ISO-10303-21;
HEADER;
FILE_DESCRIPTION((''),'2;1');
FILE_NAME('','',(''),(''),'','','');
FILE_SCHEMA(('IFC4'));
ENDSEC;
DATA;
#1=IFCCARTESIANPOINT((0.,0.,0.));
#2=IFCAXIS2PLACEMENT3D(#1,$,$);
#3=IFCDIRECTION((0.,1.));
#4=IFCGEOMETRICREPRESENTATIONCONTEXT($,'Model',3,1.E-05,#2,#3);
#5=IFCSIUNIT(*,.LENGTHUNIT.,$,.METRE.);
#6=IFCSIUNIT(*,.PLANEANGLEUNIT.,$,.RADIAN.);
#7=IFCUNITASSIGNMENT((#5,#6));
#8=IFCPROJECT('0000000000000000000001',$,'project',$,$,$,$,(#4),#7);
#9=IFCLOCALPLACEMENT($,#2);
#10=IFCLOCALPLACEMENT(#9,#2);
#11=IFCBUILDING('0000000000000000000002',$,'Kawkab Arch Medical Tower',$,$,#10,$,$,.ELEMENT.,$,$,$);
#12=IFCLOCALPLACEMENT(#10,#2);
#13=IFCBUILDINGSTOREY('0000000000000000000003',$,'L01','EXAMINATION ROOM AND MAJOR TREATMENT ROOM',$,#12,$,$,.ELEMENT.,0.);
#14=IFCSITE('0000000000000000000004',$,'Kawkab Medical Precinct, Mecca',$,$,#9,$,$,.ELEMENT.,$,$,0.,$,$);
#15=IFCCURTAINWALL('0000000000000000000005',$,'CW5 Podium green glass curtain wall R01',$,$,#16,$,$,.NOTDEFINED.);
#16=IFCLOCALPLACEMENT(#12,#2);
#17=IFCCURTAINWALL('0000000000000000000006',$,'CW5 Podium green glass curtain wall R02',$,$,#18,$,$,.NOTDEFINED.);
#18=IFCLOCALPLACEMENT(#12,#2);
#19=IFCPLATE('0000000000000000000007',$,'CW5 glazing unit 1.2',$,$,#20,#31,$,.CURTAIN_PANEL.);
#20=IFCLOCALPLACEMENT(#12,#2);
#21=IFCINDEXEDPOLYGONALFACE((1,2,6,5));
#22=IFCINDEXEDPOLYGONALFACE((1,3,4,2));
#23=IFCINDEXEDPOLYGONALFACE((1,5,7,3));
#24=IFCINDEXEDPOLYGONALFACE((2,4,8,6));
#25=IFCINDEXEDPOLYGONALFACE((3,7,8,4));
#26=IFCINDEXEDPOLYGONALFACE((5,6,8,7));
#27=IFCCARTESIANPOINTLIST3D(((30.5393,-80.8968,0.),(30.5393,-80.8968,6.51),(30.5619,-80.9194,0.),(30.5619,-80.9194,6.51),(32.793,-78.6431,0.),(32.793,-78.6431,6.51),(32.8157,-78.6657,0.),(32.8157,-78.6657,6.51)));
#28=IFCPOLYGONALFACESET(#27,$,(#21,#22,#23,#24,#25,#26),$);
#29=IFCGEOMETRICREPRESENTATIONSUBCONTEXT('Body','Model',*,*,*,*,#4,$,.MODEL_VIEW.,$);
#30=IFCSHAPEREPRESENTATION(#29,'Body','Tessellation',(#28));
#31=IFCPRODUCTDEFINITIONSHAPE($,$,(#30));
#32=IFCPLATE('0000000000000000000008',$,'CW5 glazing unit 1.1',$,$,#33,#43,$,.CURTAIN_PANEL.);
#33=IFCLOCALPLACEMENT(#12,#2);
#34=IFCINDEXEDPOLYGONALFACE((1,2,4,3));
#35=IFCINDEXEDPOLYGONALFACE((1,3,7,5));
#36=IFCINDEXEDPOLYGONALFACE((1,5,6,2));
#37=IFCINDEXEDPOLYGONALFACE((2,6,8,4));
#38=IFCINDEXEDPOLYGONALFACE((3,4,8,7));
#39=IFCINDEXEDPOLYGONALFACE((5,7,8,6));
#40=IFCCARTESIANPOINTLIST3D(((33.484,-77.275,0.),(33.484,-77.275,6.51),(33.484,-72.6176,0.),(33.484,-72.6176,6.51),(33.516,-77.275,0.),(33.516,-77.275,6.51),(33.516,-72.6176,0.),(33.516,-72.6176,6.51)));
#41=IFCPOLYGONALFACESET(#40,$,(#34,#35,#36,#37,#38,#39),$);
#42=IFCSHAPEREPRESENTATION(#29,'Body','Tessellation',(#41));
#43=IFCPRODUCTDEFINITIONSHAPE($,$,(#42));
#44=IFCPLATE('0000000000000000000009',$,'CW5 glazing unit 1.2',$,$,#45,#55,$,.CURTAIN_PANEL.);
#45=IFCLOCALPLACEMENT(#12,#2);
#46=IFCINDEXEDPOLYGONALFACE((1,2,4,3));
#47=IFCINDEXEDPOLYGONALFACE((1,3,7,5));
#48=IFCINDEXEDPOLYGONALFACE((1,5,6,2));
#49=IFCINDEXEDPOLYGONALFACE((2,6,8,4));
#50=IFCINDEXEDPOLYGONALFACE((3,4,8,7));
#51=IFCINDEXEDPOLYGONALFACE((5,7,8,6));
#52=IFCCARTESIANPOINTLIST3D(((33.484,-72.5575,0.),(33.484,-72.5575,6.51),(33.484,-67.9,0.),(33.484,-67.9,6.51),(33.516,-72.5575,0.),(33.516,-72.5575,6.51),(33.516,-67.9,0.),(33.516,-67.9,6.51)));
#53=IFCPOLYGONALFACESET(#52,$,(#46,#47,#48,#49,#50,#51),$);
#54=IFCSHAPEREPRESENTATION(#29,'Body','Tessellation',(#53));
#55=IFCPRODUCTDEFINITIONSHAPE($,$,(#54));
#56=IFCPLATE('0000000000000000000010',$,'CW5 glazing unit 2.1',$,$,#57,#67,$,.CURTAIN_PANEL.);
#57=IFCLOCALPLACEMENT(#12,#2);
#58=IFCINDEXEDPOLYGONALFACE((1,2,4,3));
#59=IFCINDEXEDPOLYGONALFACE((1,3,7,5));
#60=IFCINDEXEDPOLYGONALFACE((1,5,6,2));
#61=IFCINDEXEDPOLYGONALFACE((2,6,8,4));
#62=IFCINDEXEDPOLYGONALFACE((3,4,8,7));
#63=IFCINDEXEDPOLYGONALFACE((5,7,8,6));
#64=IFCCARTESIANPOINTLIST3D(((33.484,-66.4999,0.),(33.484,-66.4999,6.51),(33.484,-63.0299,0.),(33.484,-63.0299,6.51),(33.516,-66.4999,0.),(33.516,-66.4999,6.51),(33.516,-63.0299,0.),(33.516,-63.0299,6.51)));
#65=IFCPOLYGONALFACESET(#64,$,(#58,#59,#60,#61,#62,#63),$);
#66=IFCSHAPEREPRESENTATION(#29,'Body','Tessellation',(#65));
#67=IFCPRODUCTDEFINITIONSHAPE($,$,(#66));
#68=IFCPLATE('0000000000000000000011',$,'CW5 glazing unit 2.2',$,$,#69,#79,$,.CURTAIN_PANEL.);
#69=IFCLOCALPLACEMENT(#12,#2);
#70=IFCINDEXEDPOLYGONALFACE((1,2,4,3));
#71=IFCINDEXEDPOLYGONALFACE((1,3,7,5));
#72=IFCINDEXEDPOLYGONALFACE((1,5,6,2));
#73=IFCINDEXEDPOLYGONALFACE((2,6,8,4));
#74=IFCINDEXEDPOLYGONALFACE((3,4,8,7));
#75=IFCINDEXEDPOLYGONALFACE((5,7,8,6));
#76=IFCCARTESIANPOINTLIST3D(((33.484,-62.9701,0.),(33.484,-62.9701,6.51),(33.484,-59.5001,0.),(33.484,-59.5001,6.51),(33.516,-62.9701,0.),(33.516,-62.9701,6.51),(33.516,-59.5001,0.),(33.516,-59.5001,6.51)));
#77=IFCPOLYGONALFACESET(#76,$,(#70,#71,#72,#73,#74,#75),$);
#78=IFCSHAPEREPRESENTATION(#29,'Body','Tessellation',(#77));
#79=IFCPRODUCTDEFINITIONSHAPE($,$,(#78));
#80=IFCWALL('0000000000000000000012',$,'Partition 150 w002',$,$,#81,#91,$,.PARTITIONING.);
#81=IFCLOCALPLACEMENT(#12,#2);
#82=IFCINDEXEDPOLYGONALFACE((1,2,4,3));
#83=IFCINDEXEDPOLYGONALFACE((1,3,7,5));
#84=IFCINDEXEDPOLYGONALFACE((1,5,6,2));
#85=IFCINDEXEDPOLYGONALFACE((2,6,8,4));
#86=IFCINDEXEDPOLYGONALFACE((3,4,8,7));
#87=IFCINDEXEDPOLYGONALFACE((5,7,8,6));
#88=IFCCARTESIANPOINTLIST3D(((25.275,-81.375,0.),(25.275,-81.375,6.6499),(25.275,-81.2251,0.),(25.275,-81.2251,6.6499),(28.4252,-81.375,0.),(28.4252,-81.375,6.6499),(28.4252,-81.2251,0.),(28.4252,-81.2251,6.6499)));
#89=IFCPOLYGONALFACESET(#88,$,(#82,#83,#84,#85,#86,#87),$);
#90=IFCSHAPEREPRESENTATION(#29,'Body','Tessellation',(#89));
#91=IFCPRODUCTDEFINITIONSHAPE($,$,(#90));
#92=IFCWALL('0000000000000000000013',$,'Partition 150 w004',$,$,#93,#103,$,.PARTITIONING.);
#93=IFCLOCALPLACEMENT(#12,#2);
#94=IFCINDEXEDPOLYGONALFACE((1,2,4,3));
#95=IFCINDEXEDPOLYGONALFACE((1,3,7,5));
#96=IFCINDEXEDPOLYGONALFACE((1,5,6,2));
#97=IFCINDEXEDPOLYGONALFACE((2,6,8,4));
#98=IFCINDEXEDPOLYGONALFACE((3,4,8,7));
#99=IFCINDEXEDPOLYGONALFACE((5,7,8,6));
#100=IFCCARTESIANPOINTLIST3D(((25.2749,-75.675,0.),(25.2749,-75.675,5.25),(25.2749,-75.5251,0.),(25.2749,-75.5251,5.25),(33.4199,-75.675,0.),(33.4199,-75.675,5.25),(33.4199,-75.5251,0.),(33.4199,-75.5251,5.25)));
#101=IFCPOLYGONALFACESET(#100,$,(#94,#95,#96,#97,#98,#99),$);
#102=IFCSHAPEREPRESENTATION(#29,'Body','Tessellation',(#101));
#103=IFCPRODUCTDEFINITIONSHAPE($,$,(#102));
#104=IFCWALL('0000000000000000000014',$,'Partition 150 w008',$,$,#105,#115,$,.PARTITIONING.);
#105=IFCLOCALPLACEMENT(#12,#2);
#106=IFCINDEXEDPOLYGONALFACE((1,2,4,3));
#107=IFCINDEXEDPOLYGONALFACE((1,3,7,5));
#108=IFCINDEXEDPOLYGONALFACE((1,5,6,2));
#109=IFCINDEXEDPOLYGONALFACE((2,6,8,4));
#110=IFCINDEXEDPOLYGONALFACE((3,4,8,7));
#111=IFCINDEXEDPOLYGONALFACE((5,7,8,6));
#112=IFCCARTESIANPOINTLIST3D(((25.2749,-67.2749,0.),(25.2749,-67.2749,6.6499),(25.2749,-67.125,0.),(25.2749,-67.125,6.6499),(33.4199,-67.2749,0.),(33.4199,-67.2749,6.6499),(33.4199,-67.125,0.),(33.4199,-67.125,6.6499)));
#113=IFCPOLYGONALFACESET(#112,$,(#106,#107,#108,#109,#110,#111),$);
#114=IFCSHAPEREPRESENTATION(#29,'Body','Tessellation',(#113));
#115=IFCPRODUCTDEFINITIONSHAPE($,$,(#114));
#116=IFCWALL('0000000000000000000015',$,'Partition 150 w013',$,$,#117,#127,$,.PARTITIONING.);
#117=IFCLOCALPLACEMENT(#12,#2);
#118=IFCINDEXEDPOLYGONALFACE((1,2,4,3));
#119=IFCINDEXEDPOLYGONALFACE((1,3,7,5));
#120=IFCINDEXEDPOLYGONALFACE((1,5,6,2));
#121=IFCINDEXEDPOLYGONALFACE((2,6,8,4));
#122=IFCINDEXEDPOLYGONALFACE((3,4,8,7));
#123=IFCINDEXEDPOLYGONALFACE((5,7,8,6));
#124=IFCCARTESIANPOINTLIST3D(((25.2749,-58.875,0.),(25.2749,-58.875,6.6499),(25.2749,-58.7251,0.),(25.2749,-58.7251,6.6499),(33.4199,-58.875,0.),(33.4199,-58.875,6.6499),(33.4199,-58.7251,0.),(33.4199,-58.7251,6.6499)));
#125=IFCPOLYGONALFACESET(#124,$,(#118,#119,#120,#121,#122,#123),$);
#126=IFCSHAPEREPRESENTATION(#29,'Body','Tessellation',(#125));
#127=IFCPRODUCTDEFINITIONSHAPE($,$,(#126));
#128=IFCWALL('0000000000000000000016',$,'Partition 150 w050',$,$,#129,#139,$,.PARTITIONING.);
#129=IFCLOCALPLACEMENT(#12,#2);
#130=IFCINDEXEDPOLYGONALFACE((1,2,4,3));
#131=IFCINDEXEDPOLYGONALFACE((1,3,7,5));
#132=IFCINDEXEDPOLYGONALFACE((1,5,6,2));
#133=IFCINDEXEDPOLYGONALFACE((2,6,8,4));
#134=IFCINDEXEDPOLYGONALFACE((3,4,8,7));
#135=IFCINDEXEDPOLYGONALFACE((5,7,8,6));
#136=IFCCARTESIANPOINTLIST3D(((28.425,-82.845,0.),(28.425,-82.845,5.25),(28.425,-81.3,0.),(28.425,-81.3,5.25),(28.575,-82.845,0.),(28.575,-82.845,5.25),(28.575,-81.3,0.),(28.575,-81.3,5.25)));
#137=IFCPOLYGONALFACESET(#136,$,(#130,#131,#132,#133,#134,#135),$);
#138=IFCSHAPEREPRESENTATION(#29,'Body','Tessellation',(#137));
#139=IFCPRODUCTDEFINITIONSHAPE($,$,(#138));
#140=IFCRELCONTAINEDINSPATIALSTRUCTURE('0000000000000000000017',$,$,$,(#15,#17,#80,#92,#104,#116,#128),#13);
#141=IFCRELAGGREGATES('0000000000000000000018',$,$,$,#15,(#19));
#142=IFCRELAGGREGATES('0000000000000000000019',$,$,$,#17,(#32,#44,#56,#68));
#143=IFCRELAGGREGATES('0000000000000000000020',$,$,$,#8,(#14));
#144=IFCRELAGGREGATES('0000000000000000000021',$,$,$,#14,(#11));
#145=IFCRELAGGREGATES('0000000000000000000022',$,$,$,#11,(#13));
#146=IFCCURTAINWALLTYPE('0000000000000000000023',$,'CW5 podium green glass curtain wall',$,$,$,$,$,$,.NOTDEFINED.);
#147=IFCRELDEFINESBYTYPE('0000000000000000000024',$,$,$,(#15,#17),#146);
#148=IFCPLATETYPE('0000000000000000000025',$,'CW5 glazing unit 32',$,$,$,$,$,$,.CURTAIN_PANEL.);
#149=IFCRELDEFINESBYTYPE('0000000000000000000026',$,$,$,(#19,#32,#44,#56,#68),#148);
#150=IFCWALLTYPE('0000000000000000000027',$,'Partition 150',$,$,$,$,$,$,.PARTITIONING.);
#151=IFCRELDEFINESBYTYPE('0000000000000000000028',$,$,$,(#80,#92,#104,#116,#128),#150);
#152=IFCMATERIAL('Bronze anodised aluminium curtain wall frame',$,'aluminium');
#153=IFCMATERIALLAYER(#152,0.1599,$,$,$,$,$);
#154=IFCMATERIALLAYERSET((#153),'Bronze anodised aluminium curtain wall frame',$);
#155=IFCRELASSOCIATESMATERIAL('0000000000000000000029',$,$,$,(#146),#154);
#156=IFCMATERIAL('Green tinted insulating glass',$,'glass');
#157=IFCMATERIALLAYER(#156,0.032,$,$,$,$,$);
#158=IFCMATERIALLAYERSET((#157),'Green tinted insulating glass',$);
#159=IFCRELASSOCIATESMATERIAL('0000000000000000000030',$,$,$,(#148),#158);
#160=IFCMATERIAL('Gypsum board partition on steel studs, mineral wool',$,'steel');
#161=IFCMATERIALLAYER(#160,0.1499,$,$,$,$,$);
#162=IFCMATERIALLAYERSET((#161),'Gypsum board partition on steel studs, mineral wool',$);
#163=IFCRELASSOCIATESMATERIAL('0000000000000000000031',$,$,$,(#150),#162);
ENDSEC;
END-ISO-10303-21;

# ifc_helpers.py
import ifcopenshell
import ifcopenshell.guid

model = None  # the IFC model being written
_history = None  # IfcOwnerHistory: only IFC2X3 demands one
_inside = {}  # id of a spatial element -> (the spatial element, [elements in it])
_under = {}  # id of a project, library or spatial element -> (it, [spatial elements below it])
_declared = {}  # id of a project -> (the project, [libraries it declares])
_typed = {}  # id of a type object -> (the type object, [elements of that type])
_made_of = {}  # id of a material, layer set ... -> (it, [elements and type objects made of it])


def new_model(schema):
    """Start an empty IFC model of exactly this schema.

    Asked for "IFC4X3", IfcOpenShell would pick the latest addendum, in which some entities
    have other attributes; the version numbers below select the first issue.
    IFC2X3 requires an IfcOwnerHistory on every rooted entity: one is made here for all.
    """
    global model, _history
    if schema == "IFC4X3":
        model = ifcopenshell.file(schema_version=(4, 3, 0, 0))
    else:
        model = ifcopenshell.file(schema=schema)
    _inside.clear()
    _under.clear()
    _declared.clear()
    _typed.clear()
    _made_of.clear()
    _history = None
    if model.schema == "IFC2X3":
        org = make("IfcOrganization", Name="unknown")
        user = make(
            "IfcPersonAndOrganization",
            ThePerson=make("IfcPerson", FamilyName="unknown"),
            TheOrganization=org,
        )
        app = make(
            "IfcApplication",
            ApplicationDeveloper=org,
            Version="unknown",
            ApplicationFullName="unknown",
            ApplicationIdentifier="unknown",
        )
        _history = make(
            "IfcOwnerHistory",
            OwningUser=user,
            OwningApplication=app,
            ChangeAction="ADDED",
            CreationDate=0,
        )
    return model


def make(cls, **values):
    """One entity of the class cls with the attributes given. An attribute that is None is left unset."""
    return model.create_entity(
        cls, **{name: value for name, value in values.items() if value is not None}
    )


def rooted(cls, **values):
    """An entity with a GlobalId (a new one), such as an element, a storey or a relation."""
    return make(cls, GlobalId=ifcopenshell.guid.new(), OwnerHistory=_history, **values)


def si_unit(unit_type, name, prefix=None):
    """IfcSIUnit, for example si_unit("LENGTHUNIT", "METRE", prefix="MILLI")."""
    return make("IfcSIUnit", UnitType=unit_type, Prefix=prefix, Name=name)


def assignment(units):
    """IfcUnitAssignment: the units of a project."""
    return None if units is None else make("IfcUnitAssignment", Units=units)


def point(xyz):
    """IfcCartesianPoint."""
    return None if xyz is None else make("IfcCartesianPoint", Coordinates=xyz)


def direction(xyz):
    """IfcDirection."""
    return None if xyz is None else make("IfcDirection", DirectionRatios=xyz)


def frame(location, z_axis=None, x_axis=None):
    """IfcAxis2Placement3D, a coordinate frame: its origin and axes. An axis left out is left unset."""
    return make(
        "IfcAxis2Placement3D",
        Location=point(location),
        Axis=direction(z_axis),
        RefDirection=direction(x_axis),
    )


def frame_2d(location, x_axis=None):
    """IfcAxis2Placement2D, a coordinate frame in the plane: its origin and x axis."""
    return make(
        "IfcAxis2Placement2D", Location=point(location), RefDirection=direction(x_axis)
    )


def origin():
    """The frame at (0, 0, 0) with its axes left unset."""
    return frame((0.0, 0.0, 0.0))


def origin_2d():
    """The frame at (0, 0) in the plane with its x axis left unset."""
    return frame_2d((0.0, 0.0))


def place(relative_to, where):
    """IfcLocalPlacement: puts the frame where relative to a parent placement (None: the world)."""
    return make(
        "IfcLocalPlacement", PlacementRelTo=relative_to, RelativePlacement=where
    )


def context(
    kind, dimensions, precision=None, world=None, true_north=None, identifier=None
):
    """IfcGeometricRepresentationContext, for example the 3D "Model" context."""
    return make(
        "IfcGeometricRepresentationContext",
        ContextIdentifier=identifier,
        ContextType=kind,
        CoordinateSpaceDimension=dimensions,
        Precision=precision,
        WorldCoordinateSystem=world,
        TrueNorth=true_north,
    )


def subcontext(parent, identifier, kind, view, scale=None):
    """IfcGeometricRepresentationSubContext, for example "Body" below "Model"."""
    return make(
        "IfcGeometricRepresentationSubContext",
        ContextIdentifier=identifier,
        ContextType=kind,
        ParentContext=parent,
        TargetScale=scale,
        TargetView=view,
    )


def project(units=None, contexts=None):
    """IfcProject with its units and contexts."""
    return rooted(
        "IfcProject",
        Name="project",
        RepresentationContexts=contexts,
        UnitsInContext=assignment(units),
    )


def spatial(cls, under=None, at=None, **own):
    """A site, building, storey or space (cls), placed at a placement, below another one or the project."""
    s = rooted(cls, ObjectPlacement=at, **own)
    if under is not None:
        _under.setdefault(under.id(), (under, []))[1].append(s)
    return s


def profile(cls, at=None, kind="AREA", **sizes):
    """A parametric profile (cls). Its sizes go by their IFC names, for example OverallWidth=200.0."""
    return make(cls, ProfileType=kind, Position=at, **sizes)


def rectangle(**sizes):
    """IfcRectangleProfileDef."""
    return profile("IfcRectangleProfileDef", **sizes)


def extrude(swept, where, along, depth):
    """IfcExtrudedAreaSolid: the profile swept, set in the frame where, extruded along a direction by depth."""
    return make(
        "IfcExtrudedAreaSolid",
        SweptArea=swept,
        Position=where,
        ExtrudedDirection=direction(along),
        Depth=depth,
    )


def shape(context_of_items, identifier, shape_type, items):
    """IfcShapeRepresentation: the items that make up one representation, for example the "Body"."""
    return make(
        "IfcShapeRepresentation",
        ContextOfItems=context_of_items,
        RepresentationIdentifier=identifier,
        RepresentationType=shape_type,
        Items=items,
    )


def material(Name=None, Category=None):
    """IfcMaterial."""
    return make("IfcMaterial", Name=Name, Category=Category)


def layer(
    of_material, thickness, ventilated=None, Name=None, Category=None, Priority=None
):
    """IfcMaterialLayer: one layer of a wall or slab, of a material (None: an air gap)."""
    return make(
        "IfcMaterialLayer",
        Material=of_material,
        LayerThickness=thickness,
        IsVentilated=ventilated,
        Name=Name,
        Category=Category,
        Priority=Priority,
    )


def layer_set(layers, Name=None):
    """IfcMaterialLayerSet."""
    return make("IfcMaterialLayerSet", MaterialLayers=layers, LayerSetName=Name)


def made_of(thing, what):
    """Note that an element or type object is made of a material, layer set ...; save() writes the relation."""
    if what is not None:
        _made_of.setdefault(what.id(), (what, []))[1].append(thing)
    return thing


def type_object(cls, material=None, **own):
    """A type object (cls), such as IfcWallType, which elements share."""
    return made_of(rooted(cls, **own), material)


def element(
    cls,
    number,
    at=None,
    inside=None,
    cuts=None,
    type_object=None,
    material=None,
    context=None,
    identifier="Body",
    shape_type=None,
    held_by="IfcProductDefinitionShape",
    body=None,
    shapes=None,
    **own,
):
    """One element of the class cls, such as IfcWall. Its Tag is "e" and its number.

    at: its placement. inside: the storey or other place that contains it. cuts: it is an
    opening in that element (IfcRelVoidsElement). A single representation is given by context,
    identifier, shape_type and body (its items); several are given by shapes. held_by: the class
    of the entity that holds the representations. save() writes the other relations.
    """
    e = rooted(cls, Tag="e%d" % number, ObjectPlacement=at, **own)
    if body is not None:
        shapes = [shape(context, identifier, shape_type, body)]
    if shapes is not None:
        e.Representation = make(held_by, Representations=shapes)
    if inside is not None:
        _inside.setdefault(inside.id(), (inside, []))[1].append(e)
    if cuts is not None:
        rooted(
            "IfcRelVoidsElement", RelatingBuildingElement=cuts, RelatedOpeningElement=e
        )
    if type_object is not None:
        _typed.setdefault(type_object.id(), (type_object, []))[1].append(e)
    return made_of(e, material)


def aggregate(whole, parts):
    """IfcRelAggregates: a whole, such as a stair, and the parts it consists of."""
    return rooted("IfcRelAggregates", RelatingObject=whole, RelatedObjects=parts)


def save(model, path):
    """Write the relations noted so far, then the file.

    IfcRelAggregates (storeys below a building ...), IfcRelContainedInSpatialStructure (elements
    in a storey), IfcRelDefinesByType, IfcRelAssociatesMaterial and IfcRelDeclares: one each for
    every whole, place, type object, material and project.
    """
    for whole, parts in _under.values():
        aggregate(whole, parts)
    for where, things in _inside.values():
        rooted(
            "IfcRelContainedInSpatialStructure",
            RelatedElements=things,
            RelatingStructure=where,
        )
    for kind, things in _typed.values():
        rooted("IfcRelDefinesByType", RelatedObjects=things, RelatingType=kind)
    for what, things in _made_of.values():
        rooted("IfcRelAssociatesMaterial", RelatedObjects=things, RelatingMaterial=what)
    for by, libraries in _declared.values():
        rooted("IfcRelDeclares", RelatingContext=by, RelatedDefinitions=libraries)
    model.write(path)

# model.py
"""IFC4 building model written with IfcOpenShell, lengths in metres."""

from ifc_helpers import new_model, si_unit, direction, frame, frame_2d, origin, origin_2d, place, context, subcontext, project, spatial, rectangle, extrude, material, layer, layer_set, type_object, element, aggregate, save


model = new_model("IFC4")

# Units and contexts
model_context = context("Model", 3, precision=1e-05, world=origin(), true_north=direction((0.0, 1.0)))
body_context = subcontext(model_context, "Body", "Model", "MODEL_VIEW")
ifc_project = project(units=[si_unit("LENGTHUNIT", "METRE"), si_unit("PLANEANGLEUNIT", "RADIAN")], contexts=[model_context])

# Site, building, storey
site_placement = place(None, origin())
site = spatial("IfcSite", under=ifc_project, at=site_placement, Name="Kawkab Medical Precinct, Mecca", CompositionType="ELEMENT", RefElevation=0.0)
building_placement = place(site_placement, origin())
building = spatial("IfcBuilding", under=site, at=building_placement, Name="Kawkab Arch Medical Tower", CompositionType="ELEMENT")
storey_placement = place(building_placement, origin())
storey = spatial("IfcBuildingStorey", under=building, at=storey_placement, Name="L01", Description="EXAMINATION ROOM AND MAJOR TREATMENT ROOM", CompositionType="ELEMENT", Elevation=0.0)

# Curtain wall
ifc_material_1 = material(Name="Bronze anodised aluminium curtain wall frame", Category="aluminium")
ifc_layer_1 = layer(ifc_material_1, 0.1599)
ifc_layer_set_1 = layer_set([ifc_layer_1], Name="Bronze anodised aluminium curtain wall frame")
curtain_wall_type = type_object("IfcCurtainWallType", Name="CW5 podium green glass curtain wall", PredefinedType="NOTDEFINED", material=ifc_layer_set_1)
placement = place(storey_placement, origin())
curtain_wall_1 = element("IfcCurtainWall", 1, at=placement, inside=storey, type_object=curtain_wall_type, Name="CW5 Podium green glass curtain wall R01", PredefinedType="NOTDEFINED")

# Curtain wall
curtain_wall_2 = element("IfcCurtainWall", 2, at=placement, inside=storey, type_object=curtain_wall_type, Name="CW5 Podium green glass curtain wall R02", PredefinedType="NOTDEFINED")

# Plates
ifc_material_2 = material(Name="Green tinted insulating glass", Category="glass")
ifc_layer_2 = layer(ifc_material_2, 0.032)
ifc_layer_set_2 = layer_set([ifc_layer_2], Name="Green tinted insulating glass")
plate_type = type_object("IfcPlateType", Name="CW5 glazing unit 32", PredefinedType="CURTAIN_PANEL", material=ifc_layer_set_2)
plate_1_placement = place(storey_placement, frame((31.6775, -79.7812, 0.0), z_axis=(0.0, 0.0, 1.0), x_axis=(0.707107, 0.707107, 0.0)))
plate_1 = element("IfcPlate", 3, at=plate_1_placement, type_object=plate_type, Name="CW5 glazing unit 1.2", PredefinedType="CURTAIN_PANEL", context=body_context, shape_type="SweptSolid", body=[
    extrude(rectangle(XDim=3.1873, YDim=0.032, at=origin_2d()), origin(), (0.0, 0.0, 1.0), 6.51),
])
aggregate(curtain_wall_1, [plate_1])
plate_2_placement = place(storey_placement, frame((33.5, -74.9463, 0.0), z_axis=(0.0, 0.0, 1.0), x_axis=(0.0, 1.0, 0.0)))
plate_2 = element("IfcPlate", 4, at=plate_2_placement, type_object=plate_type, Name="CW5 glazing unit 1.1", PredefinedType="CURTAIN_PANEL", context=body_context, shape_type="SweptSolid", body=[
    extrude(rectangle(XDim=4.6575, YDim=0.032, at=origin_2d()), origin(), (0.0, 0.0, 1.0), 6.51),
])
plate_3_placement = place(storey_placement, frame((33.5, -70.2288, 0.0), z_axis=(0.0, 0.0, 1.0), x_axis=(0.0, 1.0, 0.0)))
plate_3 = element("IfcPlate", 5, at=plate_3_placement, type_object=plate_type, Name="CW5 glazing unit 1.2", PredefinedType="CURTAIN_PANEL", context=body_context, shape_type="SweptSolid", body=[
    extrude(rectangle(XDim=4.6575, YDim=0.032, at=origin_2d()), origin(), (0.0, 0.0, 1.0), 6.51),
])
plate_4_placement = place(storey_placement, frame((33.5, -64.7649, 0.0), z_axis=(0.0, 0.0, 1.0), x_axis=(0.0, 1.0, 0.0)))
plate_4 = element("IfcPlate", 6, at=plate_4_placement, type_object=plate_type, Name="CW5 glazing unit 2.1", PredefinedType="CURTAIN_PANEL", context=body_context, shape_type="SweptSolid", body=[
    extrude(rectangle(XDim=3.47, YDim=0.032, at=origin_2d()), origin(), (0.0, 0.0, 1.0), 6.51),
])
plate_5_placement = place(storey_placement, frame((33.5, -61.2351, 0.0), z_axis=(0.0, 0.0, 1.0), x_axis=(0.0, 1.0, 0.0)))
plate_5 = element("IfcPlate", 7, at=plate_5_placement, type_object=plate_type, Name="CW5 glazing unit 2.2", PredefinedType="CURTAIN_PANEL", context=body_context, shape_type="SweptSolid", body=[
    extrude(rectangle(XDim=3.47, YDim=0.032, at=origin_2d()), origin(), (0.0, 0.0, 1.0), 6.51),
])
aggregate(curtain_wall_2, [plate_2, plate_3, plate_4, plate_5])

# Walls
ifc_material_3 = material(Name="Gypsum board partition on steel studs, mineral wool", Category="steel")
ifc_layer_3 = layer(ifc_material_3, 0.1499)
ifc_layer_set_3 = layer_set([ifc_layer_3], Name="Gypsum board partition on steel studs, mineral wool")
wall_type_1 = type_object("IfcWallType", Name="Partition 150", PredefinedType="PARTITIONING", material=ifc_layer_set_3)
wall_1_placement = place(storey_placement, frame((25.2749, -81.3, 0.0), z_axis=(0.0, 0.0, 1.0), x_axis=(1.0, 0.0, 0.0)))
element("IfcWall", 8, at=wall_1_placement, inside=storey, type_object=wall_type_1, Name="Partition 150 w002", PredefinedType="PARTITIONING", context=body_context, shape_type="SweptSolid", body=[
    extrude(rectangle(XDim=3.1501, YDim=0.1499, at=frame_2d((1.5752, 0.0))), origin(), (0.0, 0.0, 1.0), 6.6499),
])
wall_2_placement = place(storey_placement, frame((25.2749, -75.6001, 0.0), z_axis=(0.0, 0.0, 1.0), x_axis=(1.0, 0.0, 0.0)))
element("IfcWall", 9, at=wall_2_placement, inside=storey, type_object=wall_type_1, Name="Partition 150 w004", PredefinedType="PARTITIONING", context=body_context, shape_type="SweptSolid", body=[
    extrude(rectangle(XDim=8.145, YDim=0.1499, at=frame_2d((4.0725, 0.0))), origin(), (0.0, 0.0, 1.0), 5.25),
])
for number, where, z_axis, x_axis, name in (
    (10, (25.2749, -67.2, 0.0), (0.0, 0.0, 1.0), (1.0, 0.0, 0.0), "Partition 150 w008"),
    (11, (25.2749, -58.8, 0.0), (0.0, 0.0, 1.0), (1.0, 0.0, 0.0), "Partition 150 w013"),
):
    element("IfcWall", number, at=place(storey_placement, frame(where, z_axis=z_axis, x_axis=x_axis)), inside=storey, type_object=wall_type_1, Name=name, PredefinedType="PARTITIONING", context=body_context, shape_type="SweptSolid", body=[
        extrude(rectangle(XDim=8.145, YDim=0.1499, at=frame_2d((4.0725, 0.0))), origin(), (0.0, 0.0, 1.0), 6.6499),
    ])
wall_3_placement = place(storey_placement, frame((28.5, -82.845, 0.0), z_axis=(0.0, 0.0, 1.0), x_axis=(0.0, 1.0, 0.0)))
element("IfcWall", 12, at=wall_3_placement, inside=storey, type_object=wall_type_1, Name="Partition 150 w050", PredefinedType="PARTITIONING", context=body_context, shape_type="SweptSolid", body=[
    extrude(rectangle(XDim=1.5449, YDim=0.1499, at=frame_2d((0.7725, 0.0))), origin(), (0.0, 0.0, 1.0), 5.25),
])

save(model, "model.ifc")
